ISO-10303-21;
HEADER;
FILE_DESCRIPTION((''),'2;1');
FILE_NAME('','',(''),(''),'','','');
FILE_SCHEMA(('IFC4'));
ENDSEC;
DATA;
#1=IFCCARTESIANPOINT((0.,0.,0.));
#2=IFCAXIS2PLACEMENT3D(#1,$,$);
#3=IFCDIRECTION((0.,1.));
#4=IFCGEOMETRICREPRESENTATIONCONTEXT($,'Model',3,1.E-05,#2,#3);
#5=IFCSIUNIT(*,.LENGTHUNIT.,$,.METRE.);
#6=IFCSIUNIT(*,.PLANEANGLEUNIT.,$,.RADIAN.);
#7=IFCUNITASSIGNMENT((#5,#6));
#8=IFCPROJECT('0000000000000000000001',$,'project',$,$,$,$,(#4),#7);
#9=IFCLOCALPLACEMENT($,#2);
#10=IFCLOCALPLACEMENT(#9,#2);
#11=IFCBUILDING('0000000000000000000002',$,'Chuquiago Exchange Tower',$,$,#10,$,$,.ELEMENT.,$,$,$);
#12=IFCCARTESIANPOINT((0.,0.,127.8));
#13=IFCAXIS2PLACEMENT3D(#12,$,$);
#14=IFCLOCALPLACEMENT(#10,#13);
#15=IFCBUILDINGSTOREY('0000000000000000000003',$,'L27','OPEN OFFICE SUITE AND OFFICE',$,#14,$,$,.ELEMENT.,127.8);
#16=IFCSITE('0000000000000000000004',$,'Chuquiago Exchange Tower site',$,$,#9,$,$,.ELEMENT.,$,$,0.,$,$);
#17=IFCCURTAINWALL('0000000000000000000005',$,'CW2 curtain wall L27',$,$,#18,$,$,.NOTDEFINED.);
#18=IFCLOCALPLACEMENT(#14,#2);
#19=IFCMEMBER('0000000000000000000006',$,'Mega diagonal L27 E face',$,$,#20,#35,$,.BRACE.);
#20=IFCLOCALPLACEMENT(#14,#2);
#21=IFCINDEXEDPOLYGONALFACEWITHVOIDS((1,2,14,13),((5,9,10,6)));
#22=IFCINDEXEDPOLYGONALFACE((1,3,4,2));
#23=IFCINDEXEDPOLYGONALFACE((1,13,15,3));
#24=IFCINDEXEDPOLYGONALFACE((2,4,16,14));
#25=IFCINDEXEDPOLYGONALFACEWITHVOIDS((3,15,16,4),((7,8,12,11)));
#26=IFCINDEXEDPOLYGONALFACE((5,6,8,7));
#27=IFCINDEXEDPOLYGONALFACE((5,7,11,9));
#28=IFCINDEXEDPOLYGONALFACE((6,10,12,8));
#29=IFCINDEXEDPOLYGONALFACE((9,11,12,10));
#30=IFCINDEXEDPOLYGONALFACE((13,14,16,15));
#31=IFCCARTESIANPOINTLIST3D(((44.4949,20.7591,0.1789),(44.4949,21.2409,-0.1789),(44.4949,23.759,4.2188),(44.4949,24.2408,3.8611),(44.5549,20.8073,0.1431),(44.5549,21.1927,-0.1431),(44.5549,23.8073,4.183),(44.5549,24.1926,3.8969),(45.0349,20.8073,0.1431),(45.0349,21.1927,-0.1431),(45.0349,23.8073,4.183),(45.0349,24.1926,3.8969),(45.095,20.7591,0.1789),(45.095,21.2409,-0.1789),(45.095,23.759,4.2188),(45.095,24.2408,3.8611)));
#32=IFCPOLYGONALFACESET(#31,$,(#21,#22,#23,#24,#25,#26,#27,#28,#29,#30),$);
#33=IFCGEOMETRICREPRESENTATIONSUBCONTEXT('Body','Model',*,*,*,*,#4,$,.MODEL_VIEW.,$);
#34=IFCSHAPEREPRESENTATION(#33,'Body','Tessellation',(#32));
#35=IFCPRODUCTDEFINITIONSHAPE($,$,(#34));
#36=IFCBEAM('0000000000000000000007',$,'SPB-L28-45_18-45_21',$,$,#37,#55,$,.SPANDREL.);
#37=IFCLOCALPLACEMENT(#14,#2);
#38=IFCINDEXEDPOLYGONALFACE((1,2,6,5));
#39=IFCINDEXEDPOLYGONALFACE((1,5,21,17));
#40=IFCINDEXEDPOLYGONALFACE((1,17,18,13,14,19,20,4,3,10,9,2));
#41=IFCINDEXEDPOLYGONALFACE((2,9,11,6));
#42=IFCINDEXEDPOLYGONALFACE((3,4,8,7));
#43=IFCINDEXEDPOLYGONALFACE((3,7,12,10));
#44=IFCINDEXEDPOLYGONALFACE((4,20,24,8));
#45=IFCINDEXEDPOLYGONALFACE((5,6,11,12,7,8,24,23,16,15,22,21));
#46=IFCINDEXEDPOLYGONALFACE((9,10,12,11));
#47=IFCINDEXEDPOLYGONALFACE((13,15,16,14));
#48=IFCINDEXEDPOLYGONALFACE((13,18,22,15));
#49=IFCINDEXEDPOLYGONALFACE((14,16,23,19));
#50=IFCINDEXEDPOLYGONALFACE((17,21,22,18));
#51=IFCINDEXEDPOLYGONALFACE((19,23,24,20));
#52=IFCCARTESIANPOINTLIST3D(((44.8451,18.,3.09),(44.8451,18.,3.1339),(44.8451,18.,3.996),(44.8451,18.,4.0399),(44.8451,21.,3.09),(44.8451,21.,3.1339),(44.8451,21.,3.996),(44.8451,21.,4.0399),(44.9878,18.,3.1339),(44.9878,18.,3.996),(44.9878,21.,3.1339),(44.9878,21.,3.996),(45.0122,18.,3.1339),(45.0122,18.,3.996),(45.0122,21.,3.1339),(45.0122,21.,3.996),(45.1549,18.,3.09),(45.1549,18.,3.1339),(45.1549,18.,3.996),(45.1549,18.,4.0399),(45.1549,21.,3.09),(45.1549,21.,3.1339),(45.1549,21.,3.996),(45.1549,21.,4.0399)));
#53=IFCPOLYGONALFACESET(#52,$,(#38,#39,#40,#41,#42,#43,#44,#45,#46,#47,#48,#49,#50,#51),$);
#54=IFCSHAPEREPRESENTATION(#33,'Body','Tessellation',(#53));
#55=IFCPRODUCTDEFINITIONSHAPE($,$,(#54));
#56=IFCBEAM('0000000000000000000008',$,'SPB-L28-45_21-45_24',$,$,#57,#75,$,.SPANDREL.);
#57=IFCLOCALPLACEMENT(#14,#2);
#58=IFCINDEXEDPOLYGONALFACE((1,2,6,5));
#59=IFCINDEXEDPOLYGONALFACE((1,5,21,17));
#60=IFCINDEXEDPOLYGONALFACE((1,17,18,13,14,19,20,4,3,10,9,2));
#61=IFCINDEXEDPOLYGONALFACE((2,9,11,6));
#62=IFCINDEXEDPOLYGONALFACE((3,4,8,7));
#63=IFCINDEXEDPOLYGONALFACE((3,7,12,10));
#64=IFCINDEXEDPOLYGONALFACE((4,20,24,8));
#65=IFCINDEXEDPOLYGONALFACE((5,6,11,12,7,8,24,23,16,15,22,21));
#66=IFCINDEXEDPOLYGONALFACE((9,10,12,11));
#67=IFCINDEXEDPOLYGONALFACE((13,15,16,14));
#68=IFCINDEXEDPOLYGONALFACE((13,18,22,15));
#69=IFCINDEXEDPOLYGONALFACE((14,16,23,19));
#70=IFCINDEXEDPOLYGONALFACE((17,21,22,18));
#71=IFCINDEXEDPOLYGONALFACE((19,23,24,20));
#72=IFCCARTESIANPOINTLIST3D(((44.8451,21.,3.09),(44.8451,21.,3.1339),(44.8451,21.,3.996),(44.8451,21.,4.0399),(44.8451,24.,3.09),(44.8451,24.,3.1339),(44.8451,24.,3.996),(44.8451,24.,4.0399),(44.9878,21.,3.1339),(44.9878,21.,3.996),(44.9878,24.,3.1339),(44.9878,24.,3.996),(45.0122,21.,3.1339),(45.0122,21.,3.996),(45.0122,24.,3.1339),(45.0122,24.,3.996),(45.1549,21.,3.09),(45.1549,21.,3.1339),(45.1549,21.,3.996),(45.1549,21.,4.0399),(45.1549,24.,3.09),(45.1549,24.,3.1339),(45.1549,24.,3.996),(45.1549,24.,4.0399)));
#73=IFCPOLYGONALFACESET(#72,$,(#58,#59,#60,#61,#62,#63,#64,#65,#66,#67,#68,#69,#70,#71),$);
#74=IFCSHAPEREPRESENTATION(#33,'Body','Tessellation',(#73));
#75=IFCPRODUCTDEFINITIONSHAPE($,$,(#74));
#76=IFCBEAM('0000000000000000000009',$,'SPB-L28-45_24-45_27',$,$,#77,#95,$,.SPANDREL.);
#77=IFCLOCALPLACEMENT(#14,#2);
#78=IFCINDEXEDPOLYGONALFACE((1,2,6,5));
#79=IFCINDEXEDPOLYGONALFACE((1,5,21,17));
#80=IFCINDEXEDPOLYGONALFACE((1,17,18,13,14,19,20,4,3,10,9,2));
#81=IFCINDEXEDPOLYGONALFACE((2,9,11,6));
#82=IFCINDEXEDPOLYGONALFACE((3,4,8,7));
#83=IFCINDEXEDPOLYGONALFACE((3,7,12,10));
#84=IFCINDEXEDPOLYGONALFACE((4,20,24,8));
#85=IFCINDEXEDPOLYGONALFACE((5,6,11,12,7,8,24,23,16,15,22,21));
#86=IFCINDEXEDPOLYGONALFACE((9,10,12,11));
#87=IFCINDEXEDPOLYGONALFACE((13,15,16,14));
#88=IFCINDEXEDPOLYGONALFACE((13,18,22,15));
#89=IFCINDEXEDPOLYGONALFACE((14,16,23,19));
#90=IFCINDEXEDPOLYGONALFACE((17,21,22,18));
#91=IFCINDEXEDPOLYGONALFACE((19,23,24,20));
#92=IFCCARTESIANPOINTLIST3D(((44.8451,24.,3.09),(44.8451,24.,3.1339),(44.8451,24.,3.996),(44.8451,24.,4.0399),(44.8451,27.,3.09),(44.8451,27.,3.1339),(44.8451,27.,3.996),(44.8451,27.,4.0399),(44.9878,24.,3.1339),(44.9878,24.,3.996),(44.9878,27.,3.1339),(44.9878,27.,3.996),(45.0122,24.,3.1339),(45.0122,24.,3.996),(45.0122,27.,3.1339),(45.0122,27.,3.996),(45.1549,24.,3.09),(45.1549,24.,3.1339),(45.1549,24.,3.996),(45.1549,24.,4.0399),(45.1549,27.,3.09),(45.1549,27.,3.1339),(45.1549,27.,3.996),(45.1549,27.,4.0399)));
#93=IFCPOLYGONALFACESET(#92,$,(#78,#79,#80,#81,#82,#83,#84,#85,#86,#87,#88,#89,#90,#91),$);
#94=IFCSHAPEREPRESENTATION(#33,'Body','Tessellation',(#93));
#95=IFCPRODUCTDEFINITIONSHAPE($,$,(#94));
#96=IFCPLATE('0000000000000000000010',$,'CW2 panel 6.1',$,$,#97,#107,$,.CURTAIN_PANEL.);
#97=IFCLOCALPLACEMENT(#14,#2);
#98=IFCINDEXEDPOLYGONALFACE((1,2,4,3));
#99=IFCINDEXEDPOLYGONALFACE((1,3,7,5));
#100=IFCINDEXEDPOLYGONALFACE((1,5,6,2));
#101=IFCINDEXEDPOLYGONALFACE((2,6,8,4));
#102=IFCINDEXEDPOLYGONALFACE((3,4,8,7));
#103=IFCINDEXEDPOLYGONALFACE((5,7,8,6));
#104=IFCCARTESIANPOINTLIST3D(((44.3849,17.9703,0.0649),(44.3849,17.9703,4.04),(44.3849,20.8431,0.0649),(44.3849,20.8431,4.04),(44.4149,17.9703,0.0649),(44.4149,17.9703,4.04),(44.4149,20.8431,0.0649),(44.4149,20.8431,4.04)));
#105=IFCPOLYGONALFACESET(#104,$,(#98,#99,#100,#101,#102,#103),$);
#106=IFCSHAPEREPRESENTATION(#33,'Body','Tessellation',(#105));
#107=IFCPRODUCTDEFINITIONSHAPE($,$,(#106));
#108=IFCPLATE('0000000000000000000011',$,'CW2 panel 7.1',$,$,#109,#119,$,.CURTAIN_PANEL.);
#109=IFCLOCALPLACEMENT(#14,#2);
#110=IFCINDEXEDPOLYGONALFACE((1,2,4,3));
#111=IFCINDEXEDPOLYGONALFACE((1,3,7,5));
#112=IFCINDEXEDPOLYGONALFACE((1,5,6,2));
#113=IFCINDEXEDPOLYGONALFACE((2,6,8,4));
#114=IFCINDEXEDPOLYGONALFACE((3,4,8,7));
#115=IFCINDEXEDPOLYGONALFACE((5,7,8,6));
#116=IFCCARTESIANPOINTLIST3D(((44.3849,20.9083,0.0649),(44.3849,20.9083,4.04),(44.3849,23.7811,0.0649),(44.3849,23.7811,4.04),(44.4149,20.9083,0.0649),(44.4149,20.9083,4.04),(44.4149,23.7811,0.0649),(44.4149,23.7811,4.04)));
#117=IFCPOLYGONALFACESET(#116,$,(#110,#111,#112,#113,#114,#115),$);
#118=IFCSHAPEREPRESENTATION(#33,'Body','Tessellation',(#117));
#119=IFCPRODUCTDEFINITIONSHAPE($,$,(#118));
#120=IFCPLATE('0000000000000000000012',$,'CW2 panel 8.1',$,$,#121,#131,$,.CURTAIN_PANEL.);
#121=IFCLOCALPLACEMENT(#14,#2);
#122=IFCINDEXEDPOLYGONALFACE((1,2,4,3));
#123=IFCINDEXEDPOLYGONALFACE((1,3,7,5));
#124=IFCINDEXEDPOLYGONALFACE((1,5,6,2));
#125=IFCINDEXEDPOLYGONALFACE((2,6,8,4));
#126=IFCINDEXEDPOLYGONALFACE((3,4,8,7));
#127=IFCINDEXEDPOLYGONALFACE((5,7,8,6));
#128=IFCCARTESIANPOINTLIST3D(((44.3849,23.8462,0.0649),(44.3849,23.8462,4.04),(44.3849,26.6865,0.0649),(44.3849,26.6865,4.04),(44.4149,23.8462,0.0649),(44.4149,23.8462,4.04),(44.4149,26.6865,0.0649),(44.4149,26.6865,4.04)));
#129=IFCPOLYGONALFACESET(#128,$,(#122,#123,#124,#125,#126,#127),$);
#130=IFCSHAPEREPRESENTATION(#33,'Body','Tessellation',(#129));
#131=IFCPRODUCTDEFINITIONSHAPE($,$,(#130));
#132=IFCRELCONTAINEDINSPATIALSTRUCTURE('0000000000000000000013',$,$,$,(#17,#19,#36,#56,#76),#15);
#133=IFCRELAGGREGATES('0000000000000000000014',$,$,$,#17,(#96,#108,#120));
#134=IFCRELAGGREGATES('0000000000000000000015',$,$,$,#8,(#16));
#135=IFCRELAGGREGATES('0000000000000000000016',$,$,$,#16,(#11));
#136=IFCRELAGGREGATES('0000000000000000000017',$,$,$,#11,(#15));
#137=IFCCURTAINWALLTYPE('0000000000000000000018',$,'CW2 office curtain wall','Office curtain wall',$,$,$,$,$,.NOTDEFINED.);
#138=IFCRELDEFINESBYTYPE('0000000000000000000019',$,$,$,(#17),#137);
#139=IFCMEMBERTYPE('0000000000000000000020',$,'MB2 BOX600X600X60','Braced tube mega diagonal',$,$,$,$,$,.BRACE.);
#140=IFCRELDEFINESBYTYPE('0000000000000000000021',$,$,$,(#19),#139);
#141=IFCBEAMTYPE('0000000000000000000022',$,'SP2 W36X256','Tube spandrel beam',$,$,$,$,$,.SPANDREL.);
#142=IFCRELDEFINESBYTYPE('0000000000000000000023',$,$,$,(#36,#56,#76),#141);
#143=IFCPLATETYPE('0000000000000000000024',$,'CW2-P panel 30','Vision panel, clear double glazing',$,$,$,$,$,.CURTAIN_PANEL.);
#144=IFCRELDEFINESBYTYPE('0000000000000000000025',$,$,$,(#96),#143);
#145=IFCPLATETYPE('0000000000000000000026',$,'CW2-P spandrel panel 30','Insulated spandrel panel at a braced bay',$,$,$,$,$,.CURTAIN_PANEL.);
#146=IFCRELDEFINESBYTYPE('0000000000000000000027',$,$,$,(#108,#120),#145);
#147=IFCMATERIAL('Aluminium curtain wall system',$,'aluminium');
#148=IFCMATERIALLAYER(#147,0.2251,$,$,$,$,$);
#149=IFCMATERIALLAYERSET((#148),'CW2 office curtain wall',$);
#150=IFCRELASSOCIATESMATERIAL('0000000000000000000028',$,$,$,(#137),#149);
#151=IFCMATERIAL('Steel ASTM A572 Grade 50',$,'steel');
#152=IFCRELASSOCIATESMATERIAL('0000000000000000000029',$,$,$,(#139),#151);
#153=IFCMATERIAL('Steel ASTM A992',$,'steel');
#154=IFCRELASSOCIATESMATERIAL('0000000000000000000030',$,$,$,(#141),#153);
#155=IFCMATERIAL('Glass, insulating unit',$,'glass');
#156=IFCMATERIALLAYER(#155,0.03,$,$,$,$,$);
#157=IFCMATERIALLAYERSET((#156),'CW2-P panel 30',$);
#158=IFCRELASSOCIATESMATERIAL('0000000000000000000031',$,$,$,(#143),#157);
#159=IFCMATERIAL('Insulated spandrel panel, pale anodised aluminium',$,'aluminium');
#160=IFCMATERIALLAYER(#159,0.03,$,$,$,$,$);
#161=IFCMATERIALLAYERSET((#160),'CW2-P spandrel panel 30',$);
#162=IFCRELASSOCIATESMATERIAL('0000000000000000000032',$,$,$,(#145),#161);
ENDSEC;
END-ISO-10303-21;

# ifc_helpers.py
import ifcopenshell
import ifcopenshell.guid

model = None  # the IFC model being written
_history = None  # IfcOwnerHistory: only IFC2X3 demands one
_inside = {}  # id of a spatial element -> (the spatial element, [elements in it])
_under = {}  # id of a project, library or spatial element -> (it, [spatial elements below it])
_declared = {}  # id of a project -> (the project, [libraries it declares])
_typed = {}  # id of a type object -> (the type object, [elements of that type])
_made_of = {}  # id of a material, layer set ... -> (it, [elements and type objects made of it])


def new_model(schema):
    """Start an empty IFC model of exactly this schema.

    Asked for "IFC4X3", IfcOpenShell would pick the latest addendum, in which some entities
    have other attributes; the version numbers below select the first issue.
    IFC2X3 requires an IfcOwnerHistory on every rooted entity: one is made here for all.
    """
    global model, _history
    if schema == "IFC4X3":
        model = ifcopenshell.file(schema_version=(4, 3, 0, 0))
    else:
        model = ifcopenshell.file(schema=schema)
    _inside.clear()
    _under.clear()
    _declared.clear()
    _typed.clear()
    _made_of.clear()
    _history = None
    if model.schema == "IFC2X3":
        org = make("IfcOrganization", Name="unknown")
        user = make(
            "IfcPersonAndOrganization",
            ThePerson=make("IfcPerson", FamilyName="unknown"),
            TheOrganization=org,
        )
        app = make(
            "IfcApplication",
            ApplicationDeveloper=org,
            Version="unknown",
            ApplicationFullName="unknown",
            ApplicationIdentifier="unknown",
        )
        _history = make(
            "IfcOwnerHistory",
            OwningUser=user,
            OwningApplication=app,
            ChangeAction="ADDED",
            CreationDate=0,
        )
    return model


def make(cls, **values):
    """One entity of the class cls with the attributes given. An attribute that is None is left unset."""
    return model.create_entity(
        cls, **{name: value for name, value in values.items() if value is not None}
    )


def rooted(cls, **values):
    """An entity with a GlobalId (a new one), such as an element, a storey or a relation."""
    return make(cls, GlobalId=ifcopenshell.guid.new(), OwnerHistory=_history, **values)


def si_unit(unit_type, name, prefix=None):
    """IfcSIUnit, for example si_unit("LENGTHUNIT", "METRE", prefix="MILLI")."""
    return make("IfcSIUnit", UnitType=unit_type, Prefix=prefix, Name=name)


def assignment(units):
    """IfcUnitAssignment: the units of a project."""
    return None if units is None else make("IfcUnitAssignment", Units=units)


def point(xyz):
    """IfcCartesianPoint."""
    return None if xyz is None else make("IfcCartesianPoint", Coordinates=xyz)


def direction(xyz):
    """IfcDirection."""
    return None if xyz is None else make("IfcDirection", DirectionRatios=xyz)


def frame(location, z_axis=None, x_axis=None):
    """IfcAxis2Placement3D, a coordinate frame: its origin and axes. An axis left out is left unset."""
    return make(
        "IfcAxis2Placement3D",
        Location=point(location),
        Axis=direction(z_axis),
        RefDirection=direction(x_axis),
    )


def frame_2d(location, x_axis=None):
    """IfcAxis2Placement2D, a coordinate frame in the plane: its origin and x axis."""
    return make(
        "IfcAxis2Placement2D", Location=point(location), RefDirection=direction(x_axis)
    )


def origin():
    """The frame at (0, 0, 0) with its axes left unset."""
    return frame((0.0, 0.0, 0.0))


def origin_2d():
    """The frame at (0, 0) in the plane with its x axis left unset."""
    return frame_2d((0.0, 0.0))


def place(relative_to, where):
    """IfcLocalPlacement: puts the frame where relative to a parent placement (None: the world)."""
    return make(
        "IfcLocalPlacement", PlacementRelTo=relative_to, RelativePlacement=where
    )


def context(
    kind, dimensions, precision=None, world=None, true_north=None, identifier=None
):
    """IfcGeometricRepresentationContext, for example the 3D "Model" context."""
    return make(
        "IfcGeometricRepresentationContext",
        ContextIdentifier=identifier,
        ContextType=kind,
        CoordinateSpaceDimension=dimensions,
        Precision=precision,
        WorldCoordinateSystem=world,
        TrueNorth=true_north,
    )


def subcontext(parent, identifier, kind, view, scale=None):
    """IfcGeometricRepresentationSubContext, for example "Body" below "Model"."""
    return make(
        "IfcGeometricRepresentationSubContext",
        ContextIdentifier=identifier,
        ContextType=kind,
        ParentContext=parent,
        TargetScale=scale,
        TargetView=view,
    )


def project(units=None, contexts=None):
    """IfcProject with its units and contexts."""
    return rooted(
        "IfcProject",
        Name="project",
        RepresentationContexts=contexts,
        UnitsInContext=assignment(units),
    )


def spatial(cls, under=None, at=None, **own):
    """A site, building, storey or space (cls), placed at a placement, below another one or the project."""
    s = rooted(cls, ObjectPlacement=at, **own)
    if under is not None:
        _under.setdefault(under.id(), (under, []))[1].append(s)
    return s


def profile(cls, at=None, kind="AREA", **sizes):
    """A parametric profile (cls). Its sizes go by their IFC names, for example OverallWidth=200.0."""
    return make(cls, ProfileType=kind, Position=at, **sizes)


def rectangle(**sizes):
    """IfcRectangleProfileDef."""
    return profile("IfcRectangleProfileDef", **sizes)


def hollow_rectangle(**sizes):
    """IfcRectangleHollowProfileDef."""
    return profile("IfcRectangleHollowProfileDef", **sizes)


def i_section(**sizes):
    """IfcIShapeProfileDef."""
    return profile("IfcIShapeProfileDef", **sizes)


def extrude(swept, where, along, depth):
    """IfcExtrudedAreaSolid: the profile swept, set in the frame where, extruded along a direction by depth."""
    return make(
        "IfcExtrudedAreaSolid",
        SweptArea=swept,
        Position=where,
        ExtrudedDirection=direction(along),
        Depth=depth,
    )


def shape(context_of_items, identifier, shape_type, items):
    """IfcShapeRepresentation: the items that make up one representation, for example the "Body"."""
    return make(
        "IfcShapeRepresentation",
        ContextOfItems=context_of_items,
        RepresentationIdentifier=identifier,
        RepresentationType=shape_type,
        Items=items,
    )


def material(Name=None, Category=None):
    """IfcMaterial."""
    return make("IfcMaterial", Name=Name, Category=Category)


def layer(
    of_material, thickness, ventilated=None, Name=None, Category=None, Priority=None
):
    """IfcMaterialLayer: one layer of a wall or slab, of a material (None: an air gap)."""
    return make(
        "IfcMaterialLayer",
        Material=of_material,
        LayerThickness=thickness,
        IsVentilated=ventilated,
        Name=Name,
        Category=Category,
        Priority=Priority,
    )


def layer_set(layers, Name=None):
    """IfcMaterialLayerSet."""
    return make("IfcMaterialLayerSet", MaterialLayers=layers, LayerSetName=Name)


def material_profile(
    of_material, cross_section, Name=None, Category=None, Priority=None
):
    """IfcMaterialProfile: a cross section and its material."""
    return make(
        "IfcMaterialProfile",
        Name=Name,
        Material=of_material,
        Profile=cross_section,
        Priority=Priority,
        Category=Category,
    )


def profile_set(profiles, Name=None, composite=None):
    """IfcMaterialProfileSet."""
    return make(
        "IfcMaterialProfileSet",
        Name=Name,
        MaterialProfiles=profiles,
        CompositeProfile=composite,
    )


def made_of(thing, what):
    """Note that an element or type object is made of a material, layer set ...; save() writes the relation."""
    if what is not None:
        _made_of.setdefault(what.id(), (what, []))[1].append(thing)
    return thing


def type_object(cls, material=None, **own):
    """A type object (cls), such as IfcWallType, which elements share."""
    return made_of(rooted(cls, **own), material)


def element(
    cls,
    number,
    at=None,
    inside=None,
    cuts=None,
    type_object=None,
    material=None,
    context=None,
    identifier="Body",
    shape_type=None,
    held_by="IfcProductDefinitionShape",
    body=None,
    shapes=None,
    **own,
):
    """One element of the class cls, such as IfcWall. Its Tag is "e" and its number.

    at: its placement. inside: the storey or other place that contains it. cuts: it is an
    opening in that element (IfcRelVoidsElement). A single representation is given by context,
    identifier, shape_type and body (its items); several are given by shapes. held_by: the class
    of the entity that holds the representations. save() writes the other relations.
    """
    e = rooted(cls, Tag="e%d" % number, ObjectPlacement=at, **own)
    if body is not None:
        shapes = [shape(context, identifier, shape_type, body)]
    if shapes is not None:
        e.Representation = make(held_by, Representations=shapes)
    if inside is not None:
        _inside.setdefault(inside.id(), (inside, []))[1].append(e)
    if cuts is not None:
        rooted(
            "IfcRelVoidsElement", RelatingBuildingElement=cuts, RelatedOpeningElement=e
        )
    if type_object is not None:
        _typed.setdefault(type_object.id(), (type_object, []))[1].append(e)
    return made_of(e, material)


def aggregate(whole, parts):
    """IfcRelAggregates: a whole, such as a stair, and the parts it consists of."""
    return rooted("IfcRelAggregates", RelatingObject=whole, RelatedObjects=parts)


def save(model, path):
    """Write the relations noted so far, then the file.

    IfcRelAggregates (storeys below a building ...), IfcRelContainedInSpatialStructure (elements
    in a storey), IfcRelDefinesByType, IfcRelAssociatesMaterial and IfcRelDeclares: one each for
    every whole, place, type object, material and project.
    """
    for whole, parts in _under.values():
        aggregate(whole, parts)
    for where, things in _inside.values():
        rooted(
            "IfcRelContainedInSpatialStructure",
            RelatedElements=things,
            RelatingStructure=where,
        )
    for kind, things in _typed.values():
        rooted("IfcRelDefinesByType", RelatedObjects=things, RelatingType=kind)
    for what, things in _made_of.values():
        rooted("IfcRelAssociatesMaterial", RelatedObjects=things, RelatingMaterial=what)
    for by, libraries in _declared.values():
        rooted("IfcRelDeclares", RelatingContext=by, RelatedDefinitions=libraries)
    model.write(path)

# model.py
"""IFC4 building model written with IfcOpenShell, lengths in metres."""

from ifc_helpers import new_model, si_unit, direction, frame, origin, origin_2d, place, context, subcontext, project, spatial, rectangle, hollow_rectangle, i_section, extrude, material, layer, layer_set, material_profile, profile_set, type_object, element, aggregate, save


model = new_model("IFC4")

# Units and contexts
model_context = context("Model", 3, precision=1e-05, world=origin(), true_north=direction((0.0, 1.0)))
body_context = subcontext(model_context, "Body", "Model", "MODEL_VIEW")
ifc_project = project(units=[si_unit("LENGTHUNIT", "METRE"), si_unit("PLANEANGLEUNIT", "RADIAN")], contexts=[model_context])

# Site, building, storey
site_placement = place(None, origin())
site = spatial("IfcSite", under=ifc_project, at=site_placement, Name="Chuquiago Exchange Tower site", CompositionType="ELEMENT", RefElevation=0.0)
building_placement = place(site_placement, origin())
building = spatial("IfcBuilding", under=site, at=building_placement, Name="Chuquiago Exchange Tower", CompositionType="ELEMENT")
storey_placement = place(building_placement, frame((0.0, 0.0, 127.8)))
storey = spatial("IfcBuildingStorey", under=building, at=storey_placement, Name="L27", Description="OPEN OFFICE SUITE AND OFFICE", CompositionType="ELEMENT", Elevation=127.8)

# Curtain wall
ifc_material_1 = material(Name="Aluminium curtain wall system", Category="aluminium")
ifc_layer_1 = layer(ifc_material_1, 0.2251)
ifc_layer_set_1 = layer_set([ifc_layer_1], Name="CW2 office curtain wall")
curtain_wall_type_1 = type_object("IfcCurtainWallType", Name="CW2 office curtain wall", Description="Office curtain wall", PredefinedType="NOTDEFINED", material=ifc_layer_set_1)
curtain_wall_1_placement = place(storey_placement, origin())
curtain_wall_1 = element("IfcCurtainWall", 1, at=curtain_wall_1_placement, inside=storey, type_object=curtain_wall_type_1, Name="CW2 curtain wall L27", PredefinedType="NOTDEFINED")

# Member
ifc_material_2 = material(Name="Steel ASTM A572 Grade 50", Category="steel")
ifc_material_profile_1 = material_profile(ifc_material_2, hollow_rectangle(XDim=0.6001, YDim=0.6001, WallThickness=0.0601, at=origin_2d()), Name="BOX600X600X60")
ifc_profile_set_1 = profile_set([ifc_material_profile_1], Name="Steel ASTM A572 Grade 50")
member_type_1 = type_object("IfcMemberType", Name="MB2 BOX600X600X60", Description="Braced tube mega diagonal", PredefinedType="BRACE", material=ifc_profile_set_1)
for number, where, z_axis, x_axis, name in (
    (2, (44.7949, 21.0, 0.0), (0.0, 0.596174, 0.802855), (-1.0, 0.0, 0.0), "Mega diagonal L27 E face"),
):
    element("IfcMember", number, at=place(storey_placement, frame(where, z_axis=z_axis, x_axis=x_axis)), inside=storey, type_object=member_type_1, Name=name, PredefinedType="BRACE", context=body_context, shape_type="SweptSolid", body=[
        extrude(hollow_rectangle(XDim=0.6001, YDim=0.6001, WallThickness=0.0601, at=origin_2d()), origin(), (0.0, 0.0, 1.0), 5.032),
    ])

# Beams
ifc_material_3 = material(Name="Steel ASTM A992", Category="steel")
ifc_material_profile_2 = material_profile(ifc_material_3, i_section(OverallWidth=0.3098, OverallDepth=0.95, WebThickness=0.0244, FlangeThickness=0.0439, at=origin_2d()), Name="W36X256")
ifc_profile_set_2 = profile_set([ifc_material_profile_2], Name="Steel ASTM A992")
beam_type = type_object("IfcBeamType", Name="SP2 W36X256", Description="Tube spandrel beam", PredefinedType="SPANDREL", material=ifc_profile_set_2)
for number, where, z_axis, x_axis, name in (
    (3, (45.0, 18.0, 3.5649), (0.0, 1.0, 0.0), (-1.0, 0.0, 0.0), "SPB-L28-45_18-45_21"),
    (4, (45.0, 21.0, 3.5649), (0.0, 1.0, 0.0), (-1.0, 0.0, 0.0), "SPB-L28-45_21-45_24"),
    (5, (45.0, 24.0, 3.5649), (0.0, 1.0, 0.0), (-1.0, 0.0, 0.0), "SPB-L28-45_24-45_27"),
):
    element("IfcBeam", number, at=place(storey_placement, frame(where, z_axis=z_axis, x_axis=x_axis)), inside=storey, type_object=beam_type, Name=name, PredefinedType="SPANDREL", context=body_context, shape_type="SweptSolid", body=[
        extrude(i_section(OverallWidth=0.3098, OverallDepth=0.95, WebThickness=0.0244, FlangeThickness=0.0439, at=origin_2d()), origin(), (0.0, 0.0, 1.0), 3.0),
    ])

# Plates
ifc_material_4 = material(Name="Glass, insulating unit", Category="glass")
ifc_layer_2 = layer(ifc_material_4, 0.03)
ifc_layer_set_2 = layer_set([ifc_layer_2], Name="CW2-P panel 30")
plate_type_1 = type_object("IfcPlateType", Name="CW2-P panel 30", Description="Vision panel, clear double glazing", PredefinedType="CURTAIN_PANEL", material=ifc_layer_set_2)
plate_1_placement = place(storey_placement, frame((44.3999, 19.4067, 0.0649), z_axis=(0.0, 0.0, 1.0), x_axis=(0.0, 1.0, 0.0)))
plate_1 = element("IfcPlate", 6, at=plate_1_placement, type_object=plate_type_1, Name="CW2 panel 6.1", PredefinedType="CURTAIN_PANEL", context=body_context, shape_type="SweptSolid", body=[
    extrude(rectangle(XDim=2.8728, YDim=0.03, at=origin_2d()), origin(), (0.0, 0.0, 1.0), 3.9751),
])
ifc_material_5 = material(Name="Insulated spandrel panel, pale anodised aluminium", Category="aluminium")
ifc_layer_3 = layer(ifc_material_5, 0.03)
ifc_layer_set_3 = layer_set([ifc_layer_3], Name="CW2-P spandrel panel 30")
plate_type_2 = type_object("IfcPlateType", Name="CW2-P spandrel panel 30", Description="Insulated spandrel panel at a braced bay", PredefinedType="CURTAIN_PANEL", material=ifc_layer_set_3)
plate_2_placement = place(storey_placement, frame((44.3999, 22.3447, 0.0649), z_axis=(0.0, 0.0, 1.0), x_axis=(0.0, 1.0, 0.0)))
plate_2 = element("IfcPlate", 7, at=plate_2_placement, type_object=plate_type_2, Name="CW2 panel 7.1", PredefinedType="CURTAIN_PANEL", context=body_context, shape_type="SweptSolid", body=[
    extrude(rectangle(XDim=2.8728, YDim=0.03, at=origin_2d()), origin(), (0.0, 0.0, 1.0), 3.9751),
])
plate_3_placement = place(storey_placement, frame((44.3999, 25.2664, 0.0649), z_axis=(0.0, 0.0, 1.0), x_axis=(0.0, 1.0, 0.0)))
plate_3 = element("IfcPlate", 8, at=plate_3_placement, type_object=plate_type_2, Name="CW2 panel 8.1", PredefinedType="CURTAIN_PANEL", context=body_context, shape_type="SweptSolid", body=[
    extrude(rectangle(XDim=2.8403, YDim=0.03, at=origin_2d()), origin(), (0.0, 0.0, 1.0), 3.9751),
])
aggregate(curtain_wall_1, [plate_1, plate_2, plate_3])

save(model, "model.ifc")
